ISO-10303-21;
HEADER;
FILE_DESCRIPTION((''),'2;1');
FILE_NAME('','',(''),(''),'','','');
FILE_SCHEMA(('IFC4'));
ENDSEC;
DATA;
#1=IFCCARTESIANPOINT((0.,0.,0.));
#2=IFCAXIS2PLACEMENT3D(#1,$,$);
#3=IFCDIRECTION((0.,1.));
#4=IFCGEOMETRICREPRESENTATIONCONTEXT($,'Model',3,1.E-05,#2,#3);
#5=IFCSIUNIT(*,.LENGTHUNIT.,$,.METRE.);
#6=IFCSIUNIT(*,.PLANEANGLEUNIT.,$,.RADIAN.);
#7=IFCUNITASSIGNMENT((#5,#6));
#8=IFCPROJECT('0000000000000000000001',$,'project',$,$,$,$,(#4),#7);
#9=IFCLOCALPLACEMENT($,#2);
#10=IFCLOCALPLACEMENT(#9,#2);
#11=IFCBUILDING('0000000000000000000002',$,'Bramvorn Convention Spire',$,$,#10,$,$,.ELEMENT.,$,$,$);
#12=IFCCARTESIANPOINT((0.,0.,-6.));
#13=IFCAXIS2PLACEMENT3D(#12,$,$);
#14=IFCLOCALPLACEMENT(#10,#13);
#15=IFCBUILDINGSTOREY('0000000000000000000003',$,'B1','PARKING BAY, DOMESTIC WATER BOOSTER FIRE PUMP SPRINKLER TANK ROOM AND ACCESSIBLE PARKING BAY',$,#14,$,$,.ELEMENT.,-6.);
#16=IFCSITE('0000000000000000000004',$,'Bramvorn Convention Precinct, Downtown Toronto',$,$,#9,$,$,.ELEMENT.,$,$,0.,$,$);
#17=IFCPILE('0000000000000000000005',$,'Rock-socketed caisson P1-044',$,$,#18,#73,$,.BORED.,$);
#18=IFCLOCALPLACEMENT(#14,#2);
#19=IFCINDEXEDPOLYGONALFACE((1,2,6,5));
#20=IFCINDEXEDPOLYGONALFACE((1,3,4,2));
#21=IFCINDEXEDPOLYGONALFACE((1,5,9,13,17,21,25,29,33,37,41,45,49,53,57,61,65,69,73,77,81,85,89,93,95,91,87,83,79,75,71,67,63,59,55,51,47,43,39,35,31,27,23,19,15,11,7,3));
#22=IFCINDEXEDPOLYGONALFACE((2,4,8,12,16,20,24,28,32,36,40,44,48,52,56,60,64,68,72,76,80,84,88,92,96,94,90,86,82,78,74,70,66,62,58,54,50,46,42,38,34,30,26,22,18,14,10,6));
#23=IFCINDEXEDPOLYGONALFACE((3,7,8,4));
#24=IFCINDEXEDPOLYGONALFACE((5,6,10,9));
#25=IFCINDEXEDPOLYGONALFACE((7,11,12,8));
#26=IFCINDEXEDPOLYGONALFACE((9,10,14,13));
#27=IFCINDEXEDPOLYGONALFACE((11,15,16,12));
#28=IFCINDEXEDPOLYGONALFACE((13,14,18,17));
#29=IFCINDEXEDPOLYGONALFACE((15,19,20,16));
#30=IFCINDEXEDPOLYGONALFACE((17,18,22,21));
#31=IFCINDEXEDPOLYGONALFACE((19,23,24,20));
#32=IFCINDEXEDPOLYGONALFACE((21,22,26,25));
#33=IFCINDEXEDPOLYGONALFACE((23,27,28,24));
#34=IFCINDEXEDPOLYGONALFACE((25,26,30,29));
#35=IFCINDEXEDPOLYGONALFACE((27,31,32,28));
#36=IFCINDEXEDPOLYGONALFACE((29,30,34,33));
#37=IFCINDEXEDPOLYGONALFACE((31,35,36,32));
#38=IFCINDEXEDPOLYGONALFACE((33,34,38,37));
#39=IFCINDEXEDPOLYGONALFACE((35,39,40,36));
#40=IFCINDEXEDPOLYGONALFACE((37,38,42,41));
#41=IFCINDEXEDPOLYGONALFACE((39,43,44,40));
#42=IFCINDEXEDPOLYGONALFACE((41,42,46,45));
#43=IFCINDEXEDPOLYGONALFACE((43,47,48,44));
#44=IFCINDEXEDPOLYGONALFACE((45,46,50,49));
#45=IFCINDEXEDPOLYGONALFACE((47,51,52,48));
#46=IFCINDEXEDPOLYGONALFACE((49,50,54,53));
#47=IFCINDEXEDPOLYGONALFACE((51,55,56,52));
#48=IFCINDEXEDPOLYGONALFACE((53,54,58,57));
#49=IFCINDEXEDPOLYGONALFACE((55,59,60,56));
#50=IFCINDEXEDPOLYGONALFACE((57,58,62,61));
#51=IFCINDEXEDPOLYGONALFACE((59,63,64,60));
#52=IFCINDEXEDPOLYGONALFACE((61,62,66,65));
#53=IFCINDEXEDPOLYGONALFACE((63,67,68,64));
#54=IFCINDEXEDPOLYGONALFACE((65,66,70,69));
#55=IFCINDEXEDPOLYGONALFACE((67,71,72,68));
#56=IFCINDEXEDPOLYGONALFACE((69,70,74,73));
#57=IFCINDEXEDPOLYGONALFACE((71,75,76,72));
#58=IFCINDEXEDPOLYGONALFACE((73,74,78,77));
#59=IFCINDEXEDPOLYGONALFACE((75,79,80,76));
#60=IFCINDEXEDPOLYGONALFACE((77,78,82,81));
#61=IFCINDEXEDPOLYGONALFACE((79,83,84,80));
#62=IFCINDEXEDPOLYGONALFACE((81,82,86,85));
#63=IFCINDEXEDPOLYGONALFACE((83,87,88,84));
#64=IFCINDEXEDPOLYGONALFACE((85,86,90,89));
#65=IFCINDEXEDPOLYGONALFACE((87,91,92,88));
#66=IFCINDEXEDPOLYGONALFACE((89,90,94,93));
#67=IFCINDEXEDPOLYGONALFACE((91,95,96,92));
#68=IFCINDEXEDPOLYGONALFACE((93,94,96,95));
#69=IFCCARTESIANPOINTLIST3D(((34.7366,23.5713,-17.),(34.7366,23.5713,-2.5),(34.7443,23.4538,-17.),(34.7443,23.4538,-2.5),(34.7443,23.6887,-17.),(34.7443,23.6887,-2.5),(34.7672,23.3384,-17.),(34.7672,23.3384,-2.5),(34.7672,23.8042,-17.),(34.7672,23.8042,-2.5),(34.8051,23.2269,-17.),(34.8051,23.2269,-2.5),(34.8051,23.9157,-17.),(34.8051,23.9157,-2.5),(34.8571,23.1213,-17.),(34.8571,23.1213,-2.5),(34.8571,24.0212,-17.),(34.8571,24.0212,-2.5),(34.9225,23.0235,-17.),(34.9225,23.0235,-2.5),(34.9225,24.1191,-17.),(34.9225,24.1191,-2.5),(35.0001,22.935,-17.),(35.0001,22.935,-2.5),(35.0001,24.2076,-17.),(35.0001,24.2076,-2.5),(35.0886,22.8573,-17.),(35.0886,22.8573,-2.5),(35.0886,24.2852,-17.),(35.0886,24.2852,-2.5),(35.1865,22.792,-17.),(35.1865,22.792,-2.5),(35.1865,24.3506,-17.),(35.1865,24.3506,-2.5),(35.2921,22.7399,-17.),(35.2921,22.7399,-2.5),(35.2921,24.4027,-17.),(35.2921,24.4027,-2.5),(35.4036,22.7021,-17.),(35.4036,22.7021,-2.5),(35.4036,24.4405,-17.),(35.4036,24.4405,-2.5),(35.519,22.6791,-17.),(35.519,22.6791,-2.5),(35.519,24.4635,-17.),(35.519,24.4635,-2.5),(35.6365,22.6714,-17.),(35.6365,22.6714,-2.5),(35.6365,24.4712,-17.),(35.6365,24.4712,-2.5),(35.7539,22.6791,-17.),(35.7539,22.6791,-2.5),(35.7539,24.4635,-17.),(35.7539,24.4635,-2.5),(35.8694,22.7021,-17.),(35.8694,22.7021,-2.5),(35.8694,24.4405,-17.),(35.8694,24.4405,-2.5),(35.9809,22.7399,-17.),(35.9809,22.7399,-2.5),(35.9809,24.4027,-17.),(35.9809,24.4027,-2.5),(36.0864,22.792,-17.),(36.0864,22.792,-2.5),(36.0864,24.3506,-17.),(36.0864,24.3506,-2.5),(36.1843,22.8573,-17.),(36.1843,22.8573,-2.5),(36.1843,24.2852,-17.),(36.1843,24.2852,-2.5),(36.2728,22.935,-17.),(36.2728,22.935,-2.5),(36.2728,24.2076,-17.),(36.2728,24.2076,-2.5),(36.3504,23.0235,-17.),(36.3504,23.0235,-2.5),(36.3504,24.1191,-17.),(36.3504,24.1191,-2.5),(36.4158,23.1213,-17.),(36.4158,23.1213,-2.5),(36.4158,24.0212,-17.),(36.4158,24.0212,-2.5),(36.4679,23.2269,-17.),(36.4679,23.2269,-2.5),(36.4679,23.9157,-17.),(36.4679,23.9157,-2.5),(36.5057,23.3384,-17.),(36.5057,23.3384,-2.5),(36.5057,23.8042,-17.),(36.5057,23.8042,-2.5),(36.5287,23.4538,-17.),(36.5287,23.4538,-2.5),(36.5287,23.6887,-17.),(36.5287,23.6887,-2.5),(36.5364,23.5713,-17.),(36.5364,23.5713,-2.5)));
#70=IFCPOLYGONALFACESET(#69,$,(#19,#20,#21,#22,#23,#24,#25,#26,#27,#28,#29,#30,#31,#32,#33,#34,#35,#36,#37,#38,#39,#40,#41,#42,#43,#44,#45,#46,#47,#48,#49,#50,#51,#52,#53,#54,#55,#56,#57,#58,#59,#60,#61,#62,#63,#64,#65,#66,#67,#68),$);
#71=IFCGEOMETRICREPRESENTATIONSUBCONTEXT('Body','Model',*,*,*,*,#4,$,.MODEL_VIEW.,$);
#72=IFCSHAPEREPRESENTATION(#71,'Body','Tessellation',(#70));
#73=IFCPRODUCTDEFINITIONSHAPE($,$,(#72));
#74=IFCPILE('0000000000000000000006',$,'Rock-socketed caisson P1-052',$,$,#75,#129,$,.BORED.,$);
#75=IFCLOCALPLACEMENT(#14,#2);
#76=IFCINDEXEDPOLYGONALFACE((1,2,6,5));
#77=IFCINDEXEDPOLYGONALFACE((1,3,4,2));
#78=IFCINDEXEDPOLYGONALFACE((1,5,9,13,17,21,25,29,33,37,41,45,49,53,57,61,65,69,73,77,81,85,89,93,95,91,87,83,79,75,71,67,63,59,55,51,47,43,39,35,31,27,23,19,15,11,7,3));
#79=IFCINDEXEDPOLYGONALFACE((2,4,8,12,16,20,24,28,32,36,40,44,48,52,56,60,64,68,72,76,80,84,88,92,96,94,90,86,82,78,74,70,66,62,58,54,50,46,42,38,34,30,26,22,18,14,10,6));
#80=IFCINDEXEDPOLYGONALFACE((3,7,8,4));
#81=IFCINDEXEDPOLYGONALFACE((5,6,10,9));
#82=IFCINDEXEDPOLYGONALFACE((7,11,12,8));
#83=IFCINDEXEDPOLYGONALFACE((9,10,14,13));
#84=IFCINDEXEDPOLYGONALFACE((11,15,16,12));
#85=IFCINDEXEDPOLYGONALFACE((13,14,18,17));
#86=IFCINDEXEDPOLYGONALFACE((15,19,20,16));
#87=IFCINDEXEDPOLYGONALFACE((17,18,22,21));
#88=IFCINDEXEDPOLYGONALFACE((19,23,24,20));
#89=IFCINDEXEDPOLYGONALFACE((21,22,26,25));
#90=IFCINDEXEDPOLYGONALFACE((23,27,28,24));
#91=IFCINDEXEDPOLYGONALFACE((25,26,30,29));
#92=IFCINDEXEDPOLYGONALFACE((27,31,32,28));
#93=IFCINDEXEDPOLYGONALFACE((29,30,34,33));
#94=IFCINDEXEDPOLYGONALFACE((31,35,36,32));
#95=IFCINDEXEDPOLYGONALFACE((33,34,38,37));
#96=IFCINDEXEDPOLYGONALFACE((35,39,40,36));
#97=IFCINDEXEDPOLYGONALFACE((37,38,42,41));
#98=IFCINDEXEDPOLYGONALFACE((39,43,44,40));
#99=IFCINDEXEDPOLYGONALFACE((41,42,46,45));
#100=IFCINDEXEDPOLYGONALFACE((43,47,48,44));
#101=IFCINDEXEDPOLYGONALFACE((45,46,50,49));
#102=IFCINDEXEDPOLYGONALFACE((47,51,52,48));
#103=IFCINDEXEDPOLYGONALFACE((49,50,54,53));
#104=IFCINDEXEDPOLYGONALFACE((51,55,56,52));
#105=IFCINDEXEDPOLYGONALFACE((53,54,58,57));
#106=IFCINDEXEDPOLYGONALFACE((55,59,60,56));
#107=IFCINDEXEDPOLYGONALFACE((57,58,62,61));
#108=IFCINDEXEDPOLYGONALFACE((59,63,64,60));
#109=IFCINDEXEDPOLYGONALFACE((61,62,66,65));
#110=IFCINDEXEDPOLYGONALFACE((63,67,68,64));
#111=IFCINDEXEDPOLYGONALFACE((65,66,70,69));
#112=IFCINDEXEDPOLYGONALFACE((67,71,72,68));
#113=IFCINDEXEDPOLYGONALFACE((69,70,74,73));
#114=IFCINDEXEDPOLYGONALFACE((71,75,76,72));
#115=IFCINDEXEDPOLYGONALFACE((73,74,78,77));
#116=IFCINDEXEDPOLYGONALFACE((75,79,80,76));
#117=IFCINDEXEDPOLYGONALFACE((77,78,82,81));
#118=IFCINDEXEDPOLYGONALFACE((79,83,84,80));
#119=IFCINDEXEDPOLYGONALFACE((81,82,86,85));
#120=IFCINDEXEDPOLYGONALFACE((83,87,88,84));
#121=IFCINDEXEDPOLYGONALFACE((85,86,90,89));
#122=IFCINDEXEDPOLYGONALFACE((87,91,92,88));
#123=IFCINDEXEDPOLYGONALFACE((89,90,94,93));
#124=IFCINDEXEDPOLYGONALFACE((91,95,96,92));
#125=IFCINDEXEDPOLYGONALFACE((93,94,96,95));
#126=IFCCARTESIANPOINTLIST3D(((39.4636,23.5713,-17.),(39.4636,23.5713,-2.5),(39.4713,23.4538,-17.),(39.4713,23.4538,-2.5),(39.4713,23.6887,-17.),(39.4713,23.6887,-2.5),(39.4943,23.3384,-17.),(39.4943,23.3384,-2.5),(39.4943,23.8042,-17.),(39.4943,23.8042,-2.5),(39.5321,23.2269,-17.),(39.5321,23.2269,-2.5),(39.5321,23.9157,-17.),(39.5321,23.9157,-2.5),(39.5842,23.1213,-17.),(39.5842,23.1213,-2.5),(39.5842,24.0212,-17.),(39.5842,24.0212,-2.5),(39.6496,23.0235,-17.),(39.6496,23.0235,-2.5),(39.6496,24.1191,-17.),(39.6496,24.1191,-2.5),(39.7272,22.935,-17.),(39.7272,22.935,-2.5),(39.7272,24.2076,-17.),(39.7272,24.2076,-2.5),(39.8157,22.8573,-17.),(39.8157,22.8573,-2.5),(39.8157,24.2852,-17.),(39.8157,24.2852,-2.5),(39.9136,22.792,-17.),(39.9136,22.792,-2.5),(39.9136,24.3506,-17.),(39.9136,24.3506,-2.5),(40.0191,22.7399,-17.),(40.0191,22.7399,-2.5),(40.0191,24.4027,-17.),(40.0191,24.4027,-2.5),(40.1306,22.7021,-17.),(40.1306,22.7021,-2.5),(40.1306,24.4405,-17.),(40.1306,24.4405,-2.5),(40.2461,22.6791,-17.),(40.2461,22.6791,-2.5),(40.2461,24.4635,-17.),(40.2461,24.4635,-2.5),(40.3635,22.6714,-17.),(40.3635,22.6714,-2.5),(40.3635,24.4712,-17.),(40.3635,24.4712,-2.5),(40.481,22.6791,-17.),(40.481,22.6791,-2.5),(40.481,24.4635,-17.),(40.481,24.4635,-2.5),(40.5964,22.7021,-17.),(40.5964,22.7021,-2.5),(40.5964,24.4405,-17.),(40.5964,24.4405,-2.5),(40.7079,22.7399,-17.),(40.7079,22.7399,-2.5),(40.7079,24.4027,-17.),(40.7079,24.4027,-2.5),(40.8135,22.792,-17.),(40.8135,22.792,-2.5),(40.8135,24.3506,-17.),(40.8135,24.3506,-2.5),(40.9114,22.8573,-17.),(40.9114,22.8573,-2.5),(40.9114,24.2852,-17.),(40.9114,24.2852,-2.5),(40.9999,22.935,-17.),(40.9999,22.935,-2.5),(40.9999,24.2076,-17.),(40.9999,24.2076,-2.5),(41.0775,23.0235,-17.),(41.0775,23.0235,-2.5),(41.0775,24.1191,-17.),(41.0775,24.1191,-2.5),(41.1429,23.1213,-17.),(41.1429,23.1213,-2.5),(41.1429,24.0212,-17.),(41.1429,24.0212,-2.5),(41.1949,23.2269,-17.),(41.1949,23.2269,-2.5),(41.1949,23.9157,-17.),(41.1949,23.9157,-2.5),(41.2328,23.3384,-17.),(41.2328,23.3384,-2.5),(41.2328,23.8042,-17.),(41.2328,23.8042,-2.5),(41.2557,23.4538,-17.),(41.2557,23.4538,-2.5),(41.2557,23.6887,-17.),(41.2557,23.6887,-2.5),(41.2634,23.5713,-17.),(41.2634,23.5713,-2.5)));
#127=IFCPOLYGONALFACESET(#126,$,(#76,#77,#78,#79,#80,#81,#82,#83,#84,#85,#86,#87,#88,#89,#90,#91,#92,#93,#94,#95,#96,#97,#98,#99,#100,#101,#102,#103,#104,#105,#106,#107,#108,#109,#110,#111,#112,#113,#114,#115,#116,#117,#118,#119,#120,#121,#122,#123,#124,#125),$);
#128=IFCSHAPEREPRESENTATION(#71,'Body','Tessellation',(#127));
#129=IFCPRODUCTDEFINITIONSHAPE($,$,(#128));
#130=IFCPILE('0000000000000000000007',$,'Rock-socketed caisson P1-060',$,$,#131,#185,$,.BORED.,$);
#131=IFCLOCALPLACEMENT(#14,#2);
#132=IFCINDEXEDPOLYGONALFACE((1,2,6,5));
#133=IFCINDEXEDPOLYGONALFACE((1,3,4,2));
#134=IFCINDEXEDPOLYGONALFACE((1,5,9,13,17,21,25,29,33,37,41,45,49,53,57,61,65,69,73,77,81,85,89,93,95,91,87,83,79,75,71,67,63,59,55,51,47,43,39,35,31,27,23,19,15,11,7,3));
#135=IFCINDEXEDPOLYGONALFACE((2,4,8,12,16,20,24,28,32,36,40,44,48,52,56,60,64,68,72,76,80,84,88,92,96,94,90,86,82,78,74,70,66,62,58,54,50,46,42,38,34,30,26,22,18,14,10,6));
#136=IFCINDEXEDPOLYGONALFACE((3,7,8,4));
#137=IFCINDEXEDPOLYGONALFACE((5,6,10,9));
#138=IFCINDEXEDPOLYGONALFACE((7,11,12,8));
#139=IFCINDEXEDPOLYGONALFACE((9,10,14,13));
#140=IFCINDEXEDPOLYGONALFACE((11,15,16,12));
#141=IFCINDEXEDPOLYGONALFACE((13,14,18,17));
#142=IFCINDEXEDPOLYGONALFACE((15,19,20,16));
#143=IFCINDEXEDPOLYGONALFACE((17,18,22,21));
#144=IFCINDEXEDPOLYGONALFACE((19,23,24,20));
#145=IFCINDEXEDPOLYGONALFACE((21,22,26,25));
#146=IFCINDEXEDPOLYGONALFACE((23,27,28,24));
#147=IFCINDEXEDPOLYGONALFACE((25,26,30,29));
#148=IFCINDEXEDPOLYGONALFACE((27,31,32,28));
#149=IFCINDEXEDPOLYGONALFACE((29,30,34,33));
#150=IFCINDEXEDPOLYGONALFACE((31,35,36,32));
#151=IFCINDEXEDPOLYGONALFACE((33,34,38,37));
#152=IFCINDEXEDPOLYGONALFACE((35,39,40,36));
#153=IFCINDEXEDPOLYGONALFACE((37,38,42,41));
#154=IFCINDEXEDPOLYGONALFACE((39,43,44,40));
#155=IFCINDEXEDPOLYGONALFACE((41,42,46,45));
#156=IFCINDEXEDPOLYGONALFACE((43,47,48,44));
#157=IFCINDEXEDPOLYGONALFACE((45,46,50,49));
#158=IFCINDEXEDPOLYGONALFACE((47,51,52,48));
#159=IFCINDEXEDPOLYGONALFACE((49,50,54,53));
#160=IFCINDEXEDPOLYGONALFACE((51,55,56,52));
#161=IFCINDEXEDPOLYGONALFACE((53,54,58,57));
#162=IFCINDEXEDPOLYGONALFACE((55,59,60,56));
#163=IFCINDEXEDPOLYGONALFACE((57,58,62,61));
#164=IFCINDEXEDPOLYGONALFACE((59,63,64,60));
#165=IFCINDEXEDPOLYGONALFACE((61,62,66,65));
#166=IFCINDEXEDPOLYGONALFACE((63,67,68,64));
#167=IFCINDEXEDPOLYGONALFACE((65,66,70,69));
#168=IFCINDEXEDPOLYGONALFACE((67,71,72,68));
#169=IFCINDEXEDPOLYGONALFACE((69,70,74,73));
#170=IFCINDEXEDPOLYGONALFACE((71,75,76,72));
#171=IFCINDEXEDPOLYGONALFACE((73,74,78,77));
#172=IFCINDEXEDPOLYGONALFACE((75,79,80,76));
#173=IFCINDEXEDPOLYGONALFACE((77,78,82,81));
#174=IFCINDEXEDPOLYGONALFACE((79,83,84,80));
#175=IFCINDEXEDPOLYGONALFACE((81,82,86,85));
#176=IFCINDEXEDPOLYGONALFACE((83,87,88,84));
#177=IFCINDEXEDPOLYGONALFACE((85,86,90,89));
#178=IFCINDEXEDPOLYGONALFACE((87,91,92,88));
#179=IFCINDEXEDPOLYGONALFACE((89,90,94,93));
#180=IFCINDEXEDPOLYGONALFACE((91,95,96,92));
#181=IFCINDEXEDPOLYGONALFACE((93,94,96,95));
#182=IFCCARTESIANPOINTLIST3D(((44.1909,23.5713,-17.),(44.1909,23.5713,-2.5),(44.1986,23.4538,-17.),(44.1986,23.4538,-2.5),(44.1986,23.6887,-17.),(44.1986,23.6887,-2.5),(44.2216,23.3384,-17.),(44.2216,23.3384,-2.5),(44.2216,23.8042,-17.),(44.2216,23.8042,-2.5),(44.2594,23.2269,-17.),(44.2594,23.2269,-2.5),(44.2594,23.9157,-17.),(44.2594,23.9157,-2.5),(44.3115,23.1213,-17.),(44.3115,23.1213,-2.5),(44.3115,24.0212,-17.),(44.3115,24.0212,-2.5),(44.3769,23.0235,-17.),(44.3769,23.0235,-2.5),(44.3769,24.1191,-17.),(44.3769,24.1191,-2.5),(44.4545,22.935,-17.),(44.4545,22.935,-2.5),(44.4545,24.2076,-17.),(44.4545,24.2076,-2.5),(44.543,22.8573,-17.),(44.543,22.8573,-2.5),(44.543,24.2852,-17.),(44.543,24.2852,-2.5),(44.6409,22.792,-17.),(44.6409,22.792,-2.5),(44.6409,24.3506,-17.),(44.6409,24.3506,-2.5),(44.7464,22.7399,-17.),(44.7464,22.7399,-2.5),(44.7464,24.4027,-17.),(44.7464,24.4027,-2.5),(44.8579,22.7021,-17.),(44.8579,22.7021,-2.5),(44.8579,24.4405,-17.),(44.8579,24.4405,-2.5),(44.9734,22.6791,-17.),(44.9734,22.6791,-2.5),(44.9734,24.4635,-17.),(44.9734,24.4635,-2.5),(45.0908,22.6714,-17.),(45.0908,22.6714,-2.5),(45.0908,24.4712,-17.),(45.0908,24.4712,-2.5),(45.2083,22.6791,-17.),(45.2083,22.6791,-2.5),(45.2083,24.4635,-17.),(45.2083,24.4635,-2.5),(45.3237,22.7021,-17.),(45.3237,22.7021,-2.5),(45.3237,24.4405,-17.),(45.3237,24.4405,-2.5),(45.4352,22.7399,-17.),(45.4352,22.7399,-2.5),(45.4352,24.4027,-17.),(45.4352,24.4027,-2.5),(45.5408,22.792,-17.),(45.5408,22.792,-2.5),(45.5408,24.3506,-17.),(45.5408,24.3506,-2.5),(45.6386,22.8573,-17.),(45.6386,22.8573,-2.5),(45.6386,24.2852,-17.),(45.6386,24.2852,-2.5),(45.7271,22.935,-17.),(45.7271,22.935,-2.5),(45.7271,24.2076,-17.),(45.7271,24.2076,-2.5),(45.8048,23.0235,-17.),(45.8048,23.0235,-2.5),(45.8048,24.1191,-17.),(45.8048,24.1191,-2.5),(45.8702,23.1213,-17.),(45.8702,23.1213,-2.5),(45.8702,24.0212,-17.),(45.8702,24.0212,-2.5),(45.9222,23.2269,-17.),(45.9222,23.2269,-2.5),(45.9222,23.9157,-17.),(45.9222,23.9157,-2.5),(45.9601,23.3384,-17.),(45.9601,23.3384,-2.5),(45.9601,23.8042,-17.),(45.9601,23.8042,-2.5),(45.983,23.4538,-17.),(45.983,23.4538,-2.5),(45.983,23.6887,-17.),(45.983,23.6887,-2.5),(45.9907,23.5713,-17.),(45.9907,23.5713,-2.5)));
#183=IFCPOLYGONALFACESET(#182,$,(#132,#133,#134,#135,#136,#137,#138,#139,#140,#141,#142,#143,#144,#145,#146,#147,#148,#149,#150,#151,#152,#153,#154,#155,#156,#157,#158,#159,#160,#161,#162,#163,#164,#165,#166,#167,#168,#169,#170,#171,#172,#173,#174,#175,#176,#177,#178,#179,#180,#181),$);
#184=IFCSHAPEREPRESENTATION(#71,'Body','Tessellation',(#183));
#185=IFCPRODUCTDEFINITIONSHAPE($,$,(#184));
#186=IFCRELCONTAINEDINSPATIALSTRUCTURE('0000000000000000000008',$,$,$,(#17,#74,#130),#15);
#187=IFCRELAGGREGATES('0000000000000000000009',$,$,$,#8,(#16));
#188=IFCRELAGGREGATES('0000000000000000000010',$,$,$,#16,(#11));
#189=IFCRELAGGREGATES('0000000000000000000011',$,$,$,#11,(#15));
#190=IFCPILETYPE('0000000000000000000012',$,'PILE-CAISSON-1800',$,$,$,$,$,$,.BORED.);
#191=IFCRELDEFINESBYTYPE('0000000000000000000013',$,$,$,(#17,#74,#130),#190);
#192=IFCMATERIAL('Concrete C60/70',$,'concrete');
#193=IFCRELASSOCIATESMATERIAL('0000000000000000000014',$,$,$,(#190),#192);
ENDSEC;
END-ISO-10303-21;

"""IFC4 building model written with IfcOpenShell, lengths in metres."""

from ifc_helpers import new_model, si_unit, direction, frame, origin, origin_2d, place, context, subcontext, project, spatial, circle, extrude, material, material_profile, profile_set, type_object, element, save


model = new_model("IFC4")

# Units and contexts
model_context = context("Model", 3, precision=1e-05, world=origin(), true_north=direction((0.0, 1.0)))
body_context = subcontext(model_context, "Body", "Model", "MODEL_VIEW")
ifc_project = project(units=[si_unit("LENGTHUNIT", "METRE"), si_unit("PLANEANGLEUNIT", "RADIAN")], contexts=[model_context])

# Site, building, storey
site_placement = place(None, origin())
site = spatial("IfcSite", under=ifc_project, at=site_placement, Name="Bramvorn Convention Precinct, Downtown Toronto", CompositionType="ELEMENT", RefElevation=0.0)
building_placement = place(site_placement, origin())
building = spatial("IfcBuilding", under=site, at=building_placement, Name="Bramvorn Convention Spire", CompositionType="ELEMENT")
storey_placement = place(building_placement, frame((0.0, 0.0, -6.0)))
storey = spatial("IfcBuildingStorey", under=building, at=storey_placement, Name="B1", Description="PARKING BAY, DOMESTIC WATER BOOSTER FIRE PUMP SPRINKLER TANK ROOM AND ACCESSIBLE PARKING BAY", CompositionType="ELEMENT", Elevation=-6.0)

# Piles
ifc_material_1 = material(Name="Concrete C60/70", Category="concrete")
ifc_material_profile = material_profile(ifc_material_1, circle(Radius=0.8999, at=origin_2d()))
ifc_profile_set = profile_set([ifc_material_profile], Name="Concrete C60/70 - CAISSON1800")
pile_type = type_object("IfcPileType", Name="PILE-CAISSON-1800", PredefinedType="BORED", material=ifc_profile_set)
for number, where, z_axis, x_axis, name in (
    (1, (35.6365, 23.5713, -2.5), (0.0, 0.0, -1.0), (1.0, 0.0, 0.0), "Rock-socketed caisson P1-044"),
    (2, (40.3635, 23.5713, -2.5), (0.0, 0.0, -1.0), (1.0, 0.0, 0.0), "Rock-socketed caisson P1-052"),
    (3, (45.0908, 23.5713, -2.5), (0.0, 0.0, -1.0), (1.0, 0.0, 0.0), "Rock-socketed caisson P1-060"),
):
    element("IfcPile", number, at=place(storey_placement, frame(where, z_axis=z_axis, x_axis=x_axis)), inside=storey, type_object=pile_type, Name=name, PredefinedType="BORED", context=body_context, shape_type="SweptSolid", body=[
        extrude(circle(Radius=0.8999, at=origin_2d()), origin(), (0.0, 0.0, 1.0), 14.5),
    ])

save(model, "model.ifc")
